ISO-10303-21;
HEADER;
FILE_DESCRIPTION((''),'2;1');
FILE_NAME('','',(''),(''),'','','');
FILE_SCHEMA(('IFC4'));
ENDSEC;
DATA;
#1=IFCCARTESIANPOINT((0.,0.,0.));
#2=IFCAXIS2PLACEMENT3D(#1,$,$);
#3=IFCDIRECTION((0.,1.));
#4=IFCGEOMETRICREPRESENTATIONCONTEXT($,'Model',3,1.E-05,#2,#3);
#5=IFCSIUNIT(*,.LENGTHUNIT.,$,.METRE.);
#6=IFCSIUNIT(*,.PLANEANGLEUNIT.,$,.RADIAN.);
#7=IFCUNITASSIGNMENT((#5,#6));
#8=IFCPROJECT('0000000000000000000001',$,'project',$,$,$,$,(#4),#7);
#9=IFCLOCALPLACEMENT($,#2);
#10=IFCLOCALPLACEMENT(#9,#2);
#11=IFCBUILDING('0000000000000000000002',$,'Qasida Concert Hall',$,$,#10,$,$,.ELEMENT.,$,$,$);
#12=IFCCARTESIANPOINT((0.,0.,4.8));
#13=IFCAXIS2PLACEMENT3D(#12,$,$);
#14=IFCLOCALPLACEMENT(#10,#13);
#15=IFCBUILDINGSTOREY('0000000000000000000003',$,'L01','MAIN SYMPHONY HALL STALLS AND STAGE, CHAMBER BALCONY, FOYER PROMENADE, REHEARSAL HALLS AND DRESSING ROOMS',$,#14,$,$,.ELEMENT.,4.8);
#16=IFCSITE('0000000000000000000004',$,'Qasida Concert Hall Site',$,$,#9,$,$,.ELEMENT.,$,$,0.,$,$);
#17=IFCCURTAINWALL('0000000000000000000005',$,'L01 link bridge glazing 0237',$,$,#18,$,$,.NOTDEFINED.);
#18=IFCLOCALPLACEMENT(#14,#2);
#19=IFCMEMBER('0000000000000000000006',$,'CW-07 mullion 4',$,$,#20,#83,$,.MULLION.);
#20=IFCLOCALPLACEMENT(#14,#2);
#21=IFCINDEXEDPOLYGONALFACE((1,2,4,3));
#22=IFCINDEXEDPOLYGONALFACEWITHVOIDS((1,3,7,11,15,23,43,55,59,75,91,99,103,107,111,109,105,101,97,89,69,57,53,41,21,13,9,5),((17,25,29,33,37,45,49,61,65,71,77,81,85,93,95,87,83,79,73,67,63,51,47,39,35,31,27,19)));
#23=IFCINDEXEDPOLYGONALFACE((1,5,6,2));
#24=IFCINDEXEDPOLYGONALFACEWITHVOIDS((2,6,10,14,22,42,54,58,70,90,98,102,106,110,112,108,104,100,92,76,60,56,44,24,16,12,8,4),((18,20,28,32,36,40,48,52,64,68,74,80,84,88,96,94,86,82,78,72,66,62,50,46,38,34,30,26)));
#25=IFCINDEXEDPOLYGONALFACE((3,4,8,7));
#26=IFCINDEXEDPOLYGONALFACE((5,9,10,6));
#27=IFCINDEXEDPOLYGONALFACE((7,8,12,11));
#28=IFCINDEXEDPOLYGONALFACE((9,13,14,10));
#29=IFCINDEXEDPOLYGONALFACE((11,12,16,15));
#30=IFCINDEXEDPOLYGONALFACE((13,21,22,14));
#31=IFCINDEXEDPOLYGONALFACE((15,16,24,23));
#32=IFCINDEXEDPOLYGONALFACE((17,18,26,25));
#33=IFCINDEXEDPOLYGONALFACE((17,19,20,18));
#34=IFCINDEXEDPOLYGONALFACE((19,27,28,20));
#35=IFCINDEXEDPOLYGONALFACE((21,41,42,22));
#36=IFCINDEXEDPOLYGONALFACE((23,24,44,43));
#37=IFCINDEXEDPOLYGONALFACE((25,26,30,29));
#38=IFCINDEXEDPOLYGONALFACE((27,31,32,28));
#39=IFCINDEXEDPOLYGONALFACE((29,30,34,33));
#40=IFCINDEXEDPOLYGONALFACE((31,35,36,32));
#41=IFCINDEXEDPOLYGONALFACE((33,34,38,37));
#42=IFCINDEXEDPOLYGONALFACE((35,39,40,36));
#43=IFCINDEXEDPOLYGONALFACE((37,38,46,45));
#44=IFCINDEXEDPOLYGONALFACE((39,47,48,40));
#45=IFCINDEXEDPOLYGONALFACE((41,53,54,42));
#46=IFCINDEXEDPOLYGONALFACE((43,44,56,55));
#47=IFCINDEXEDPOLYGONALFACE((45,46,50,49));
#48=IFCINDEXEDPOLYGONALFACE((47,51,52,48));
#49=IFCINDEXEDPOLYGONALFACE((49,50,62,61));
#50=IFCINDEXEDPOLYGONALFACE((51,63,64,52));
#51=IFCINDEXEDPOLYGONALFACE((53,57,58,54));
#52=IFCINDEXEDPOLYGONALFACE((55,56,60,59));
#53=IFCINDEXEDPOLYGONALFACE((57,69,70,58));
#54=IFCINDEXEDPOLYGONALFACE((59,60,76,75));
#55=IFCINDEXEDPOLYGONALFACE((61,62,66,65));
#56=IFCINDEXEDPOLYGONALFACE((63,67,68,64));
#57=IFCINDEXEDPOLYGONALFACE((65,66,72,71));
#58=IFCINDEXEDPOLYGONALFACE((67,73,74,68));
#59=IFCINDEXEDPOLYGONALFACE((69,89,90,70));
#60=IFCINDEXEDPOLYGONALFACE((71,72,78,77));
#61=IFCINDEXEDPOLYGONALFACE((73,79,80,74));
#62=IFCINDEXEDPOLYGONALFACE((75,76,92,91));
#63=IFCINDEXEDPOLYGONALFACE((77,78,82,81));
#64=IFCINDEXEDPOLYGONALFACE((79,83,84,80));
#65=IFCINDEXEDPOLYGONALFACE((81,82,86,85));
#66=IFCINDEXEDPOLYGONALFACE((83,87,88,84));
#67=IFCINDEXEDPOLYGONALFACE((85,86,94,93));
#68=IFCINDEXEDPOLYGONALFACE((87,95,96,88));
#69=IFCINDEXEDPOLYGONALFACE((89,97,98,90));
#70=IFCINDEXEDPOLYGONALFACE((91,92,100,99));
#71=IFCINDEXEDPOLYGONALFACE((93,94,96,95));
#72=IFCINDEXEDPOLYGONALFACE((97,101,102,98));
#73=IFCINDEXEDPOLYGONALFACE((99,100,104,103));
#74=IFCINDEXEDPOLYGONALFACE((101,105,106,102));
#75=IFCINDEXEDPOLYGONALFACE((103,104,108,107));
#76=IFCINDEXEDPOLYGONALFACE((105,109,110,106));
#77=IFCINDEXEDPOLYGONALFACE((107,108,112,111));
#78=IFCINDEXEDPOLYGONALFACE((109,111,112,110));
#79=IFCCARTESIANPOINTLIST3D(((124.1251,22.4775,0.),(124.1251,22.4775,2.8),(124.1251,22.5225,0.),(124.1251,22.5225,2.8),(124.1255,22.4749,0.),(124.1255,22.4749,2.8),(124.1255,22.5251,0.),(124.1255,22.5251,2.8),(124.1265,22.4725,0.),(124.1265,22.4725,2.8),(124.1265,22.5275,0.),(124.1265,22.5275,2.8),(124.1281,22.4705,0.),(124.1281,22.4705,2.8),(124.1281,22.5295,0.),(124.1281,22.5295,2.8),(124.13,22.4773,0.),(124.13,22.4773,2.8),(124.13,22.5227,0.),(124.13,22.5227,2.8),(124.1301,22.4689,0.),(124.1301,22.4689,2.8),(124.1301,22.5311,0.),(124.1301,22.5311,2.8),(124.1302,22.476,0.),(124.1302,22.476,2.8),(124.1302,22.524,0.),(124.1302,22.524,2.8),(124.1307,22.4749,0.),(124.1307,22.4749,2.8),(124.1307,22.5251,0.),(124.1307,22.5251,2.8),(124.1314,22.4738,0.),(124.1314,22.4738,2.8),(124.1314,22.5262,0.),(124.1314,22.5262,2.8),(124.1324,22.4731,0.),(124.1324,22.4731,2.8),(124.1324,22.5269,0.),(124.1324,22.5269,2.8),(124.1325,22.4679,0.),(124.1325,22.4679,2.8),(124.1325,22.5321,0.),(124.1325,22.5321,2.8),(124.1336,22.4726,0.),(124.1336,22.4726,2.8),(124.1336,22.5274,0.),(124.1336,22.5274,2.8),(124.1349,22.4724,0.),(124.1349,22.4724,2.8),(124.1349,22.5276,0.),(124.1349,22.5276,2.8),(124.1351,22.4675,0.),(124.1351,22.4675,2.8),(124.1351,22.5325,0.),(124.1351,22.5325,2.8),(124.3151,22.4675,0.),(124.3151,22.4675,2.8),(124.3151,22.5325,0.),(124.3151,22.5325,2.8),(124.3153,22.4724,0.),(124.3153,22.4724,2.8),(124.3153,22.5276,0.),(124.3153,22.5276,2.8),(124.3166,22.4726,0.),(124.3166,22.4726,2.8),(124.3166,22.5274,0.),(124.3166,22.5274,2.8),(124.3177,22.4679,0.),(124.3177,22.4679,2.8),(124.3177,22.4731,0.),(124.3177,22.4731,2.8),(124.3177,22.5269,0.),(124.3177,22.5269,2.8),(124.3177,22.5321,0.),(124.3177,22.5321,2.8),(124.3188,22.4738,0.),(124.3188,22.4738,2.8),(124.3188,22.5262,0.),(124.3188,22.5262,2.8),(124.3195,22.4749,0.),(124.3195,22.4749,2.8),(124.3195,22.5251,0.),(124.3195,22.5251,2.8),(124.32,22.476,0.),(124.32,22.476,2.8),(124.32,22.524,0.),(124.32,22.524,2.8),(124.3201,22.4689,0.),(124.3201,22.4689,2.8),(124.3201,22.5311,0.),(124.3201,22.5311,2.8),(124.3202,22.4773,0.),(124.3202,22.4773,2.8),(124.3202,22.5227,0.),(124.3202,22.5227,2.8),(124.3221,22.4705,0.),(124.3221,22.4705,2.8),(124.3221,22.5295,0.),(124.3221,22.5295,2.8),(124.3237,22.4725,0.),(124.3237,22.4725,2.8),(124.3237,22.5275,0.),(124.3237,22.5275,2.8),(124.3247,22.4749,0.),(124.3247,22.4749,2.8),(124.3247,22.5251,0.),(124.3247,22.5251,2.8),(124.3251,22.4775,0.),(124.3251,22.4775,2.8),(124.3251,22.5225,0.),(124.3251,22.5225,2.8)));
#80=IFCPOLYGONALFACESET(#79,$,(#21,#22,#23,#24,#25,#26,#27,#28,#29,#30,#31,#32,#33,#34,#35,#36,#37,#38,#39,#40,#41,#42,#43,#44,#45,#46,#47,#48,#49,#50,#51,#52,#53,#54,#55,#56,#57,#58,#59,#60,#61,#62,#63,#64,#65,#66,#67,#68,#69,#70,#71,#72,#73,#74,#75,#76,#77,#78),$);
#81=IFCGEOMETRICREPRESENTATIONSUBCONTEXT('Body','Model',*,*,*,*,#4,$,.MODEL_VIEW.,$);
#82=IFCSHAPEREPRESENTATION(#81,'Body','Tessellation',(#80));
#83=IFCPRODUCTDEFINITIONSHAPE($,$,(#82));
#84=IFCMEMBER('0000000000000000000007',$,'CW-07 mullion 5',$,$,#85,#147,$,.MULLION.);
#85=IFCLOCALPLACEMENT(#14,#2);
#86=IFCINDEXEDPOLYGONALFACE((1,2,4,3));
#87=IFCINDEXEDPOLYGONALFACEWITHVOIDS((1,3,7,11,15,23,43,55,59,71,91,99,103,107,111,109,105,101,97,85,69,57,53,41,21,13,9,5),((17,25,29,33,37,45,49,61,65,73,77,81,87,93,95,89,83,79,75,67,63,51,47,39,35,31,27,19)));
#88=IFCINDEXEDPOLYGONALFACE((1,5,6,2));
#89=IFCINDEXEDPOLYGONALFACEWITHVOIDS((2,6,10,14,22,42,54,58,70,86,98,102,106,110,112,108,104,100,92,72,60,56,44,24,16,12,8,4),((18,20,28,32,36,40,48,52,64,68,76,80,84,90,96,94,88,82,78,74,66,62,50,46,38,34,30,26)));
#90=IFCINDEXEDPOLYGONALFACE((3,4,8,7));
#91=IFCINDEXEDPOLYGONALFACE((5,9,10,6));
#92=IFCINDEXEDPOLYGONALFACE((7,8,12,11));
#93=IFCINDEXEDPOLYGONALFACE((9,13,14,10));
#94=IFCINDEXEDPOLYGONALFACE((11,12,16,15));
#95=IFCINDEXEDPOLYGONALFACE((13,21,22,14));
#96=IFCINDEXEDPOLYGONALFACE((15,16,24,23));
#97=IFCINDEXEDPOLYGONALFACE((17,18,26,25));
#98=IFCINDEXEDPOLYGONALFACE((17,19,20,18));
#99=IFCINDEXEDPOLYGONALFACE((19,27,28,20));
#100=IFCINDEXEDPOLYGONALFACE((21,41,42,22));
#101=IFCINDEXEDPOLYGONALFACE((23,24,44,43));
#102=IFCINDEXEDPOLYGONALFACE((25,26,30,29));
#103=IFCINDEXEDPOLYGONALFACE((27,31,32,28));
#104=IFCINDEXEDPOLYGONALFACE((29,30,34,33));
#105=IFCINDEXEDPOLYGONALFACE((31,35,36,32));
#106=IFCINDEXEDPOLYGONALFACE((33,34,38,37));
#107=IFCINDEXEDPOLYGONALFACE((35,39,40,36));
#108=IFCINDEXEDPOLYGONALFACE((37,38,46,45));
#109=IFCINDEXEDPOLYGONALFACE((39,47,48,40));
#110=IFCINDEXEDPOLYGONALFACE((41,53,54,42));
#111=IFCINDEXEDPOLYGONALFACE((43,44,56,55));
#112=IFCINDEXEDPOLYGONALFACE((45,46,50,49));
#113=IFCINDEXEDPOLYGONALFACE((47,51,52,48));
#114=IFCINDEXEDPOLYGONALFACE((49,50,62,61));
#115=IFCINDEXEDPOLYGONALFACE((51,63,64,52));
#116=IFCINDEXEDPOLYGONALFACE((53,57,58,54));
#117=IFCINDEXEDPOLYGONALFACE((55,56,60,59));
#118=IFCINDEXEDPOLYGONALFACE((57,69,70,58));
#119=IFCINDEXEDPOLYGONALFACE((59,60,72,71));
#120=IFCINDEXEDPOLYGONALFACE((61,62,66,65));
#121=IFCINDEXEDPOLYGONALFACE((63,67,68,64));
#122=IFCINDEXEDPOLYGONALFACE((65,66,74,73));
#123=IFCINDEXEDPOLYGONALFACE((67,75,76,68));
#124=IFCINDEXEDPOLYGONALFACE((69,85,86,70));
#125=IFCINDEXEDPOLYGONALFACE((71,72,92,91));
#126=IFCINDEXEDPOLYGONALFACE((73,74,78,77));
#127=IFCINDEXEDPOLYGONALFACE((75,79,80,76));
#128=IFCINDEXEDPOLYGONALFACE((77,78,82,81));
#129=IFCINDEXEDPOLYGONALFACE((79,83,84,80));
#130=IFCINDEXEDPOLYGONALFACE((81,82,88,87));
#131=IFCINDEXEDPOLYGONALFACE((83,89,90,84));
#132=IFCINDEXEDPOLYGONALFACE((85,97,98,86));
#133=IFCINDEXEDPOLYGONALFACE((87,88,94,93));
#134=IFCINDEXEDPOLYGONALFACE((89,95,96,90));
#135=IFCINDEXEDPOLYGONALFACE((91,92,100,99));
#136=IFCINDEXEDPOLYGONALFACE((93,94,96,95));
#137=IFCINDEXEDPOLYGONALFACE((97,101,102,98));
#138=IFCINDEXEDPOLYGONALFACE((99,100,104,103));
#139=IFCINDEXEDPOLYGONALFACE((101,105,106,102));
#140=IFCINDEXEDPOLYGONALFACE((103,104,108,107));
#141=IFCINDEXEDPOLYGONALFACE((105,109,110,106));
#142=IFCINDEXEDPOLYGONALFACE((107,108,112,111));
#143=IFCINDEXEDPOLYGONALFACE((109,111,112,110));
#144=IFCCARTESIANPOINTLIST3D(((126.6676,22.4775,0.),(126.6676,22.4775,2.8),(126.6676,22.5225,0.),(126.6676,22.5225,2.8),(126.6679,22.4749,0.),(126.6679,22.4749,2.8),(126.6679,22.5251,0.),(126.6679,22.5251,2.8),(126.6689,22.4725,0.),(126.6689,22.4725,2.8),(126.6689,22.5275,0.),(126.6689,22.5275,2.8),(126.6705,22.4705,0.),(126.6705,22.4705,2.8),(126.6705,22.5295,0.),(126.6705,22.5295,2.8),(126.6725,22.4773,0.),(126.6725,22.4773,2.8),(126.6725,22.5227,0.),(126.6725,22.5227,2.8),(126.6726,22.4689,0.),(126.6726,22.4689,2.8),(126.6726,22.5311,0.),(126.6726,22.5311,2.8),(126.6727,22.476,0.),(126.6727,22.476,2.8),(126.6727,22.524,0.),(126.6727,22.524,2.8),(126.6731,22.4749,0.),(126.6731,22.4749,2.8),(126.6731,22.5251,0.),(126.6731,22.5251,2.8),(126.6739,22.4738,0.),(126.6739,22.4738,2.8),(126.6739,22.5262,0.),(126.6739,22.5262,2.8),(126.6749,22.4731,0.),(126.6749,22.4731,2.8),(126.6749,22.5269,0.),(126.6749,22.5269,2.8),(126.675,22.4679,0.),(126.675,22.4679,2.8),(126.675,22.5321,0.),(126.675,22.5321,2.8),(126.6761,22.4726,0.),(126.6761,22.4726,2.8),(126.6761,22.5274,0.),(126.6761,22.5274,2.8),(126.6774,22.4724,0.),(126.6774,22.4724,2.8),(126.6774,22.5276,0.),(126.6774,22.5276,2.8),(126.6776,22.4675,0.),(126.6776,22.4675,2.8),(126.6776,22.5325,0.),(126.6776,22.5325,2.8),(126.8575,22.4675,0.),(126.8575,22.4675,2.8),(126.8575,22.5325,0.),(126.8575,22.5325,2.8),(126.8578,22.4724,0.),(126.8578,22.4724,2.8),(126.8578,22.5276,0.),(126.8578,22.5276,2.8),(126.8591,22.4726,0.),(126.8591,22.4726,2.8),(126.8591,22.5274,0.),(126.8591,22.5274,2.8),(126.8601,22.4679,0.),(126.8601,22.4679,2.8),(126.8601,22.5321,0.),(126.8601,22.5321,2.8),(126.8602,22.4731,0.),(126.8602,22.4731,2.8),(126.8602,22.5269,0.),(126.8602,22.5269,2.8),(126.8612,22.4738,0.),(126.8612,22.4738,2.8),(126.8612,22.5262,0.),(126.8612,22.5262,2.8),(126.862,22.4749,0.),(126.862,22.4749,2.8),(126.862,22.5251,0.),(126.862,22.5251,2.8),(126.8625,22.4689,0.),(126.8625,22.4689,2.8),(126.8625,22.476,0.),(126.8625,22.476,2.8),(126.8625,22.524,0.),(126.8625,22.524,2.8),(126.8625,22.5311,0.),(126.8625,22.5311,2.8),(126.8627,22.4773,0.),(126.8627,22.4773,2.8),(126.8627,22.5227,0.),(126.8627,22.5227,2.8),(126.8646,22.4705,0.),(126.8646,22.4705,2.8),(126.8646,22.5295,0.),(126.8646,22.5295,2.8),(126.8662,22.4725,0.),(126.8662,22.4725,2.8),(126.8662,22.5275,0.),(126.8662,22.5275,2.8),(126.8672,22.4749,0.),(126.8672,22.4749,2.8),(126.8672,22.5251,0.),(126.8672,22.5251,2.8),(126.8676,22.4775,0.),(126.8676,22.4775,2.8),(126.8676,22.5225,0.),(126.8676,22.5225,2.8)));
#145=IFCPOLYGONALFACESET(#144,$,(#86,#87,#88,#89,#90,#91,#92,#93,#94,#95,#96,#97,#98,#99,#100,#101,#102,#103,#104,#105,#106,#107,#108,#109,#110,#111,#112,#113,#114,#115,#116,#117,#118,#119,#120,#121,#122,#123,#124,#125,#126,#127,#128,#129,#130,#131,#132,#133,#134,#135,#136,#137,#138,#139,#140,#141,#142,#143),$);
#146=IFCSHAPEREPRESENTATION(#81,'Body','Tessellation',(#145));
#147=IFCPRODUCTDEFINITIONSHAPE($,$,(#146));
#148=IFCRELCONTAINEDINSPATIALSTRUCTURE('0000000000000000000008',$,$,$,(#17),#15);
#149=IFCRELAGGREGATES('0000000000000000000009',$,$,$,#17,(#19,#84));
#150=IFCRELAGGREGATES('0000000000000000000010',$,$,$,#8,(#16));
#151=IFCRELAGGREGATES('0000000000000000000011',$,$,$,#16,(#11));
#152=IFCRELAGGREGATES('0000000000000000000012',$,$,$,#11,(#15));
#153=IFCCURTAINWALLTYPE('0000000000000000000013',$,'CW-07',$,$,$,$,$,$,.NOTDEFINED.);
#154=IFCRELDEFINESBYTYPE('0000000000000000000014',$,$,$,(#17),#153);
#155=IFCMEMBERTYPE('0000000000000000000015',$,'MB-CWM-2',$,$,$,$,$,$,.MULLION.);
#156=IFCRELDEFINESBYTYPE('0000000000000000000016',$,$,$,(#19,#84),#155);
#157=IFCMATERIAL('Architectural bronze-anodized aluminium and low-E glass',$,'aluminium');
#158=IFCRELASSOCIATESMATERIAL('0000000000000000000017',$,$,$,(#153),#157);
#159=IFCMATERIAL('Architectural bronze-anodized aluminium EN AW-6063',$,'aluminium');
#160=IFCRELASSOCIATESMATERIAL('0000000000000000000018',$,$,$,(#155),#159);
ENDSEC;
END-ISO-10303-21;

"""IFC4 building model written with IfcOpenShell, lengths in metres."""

from ifc_helpers import new_model, si_unit, direction, frame, origin, origin_2d, place, context, subcontext, project, spatial, hollow_rectangle, extrude, material, material_profile, profile_set, type_object, element, aggregate, save


model = new_model("IFC4")

# Units and contexts
model_context = context("Model", 3, precision=1e-05, world=origin(), true_north=direction((0.0, 1.0)))
body_context = subcontext(model_context, "Body", "Model", "MODEL_VIEW")
ifc_project = project(units=[si_unit("LENGTHUNIT", "METRE"), si_unit("PLANEANGLEUNIT", "RADIAN")], contexts=[model_context])

# Site, building, storey
site_placement = place(None, origin())
site = spatial("IfcSite", under=ifc_project, at=site_placement, Name="Qasida Concert Hall Site", CompositionType="ELEMENT", RefElevation=0.0)
building_placement = place(site_placement, origin())
building = spatial("IfcBuilding", under=site, at=building_placement, Name="Qasida Concert Hall", CompositionType="ELEMENT")
storey_placement = place(building_placement, frame((0.0, 0.0, 4.8)))
storey = spatial("IfcBuildingStorey", under=building, at=storey_placement, Name="L01", Description="MAIN SYMPHONY HALL STALLS AND STAGE, CHAMBER BALCONY, FOYER PROMENADE, REHEARSAL HALLS AND DRESSING ROOMS", CompositionType="ELEMENT", Elevation=4.8)

# Curtain wall, members
ifc_material_1 = material(Name="Architectural bronze-anodized aluminium and low-E glass", Category="aluminium")
curtain_wall_type = type_object("IfcCurtainWallType", Name="CW-07", PredefinedType="NOTDEFINED", material=ifc_material_1)
curtain_wall_placement = place(storey_placement, origin())
curtain_wall = element("IfcCurtainWall", 1, at=curtain_wall_placement, inside=storey, type_object=curtain_wall_type, Name="L01 link bridge glazing 0237", PredefinedType="NOTDEFINED")
ifc_material_2 = material(Name="Architectural bronze-anodized aluminium EN AW-6063", Category="aluminium")
ifc_material_profile_1 = material_profile(ifc_material_2, hollow_rectangle(XDim=0.0649, YDim=0.2, WallThickness=0.0049, InnerFilletRadius=0.0049, OuterFilletRadius=0.01, at=origin_2d()), Name="CWM 200x65x5")
ifc_profile_set_1 = profile_set([ifc_material_profile_1], Name="Architectural bronze-anodized aluminium EN AW-6063")
member_type_1 = type_object("IfcMemberType", Name="MB-CWM-2", PredefinedType="MULLION", material=ifc_profile_set_1)
member_1_placement = place(storey_placement, frame((124.2251, 22.5, 0.0), z_axis=(0.0, 0.0, 1.0), x_axis=(0.0, 1.0, 0.0)))
member_1 = element("IfcMember", 2, at=member_1_placement, type_object=member_type_1, Name="CW-07 mullion 4", PredefinedType="MULLION", context=body_context, shape_type="SweptSolid", body=[
    extrude(hollow_rectangle(XDim=0.0649, YDim=0.2, WallThickness=0.0049, InnerFilletRadius=0.0049, OuterFilletRadius=0.01, at=origin_2d()), origin(), (0.0, 0.0, 1.0), 2.8),
])
member_2_placement = place(storey_placement, frame((126.7676, 22.5, 0.0), z_axis=(0.0, 0.0, 1.0), x_axis=(0.0, 1.0, 0.0)))
member_2 = element("IfcMember", 3, at=member_2_placement, type_object=member_type_1, Name="CW-07 mullion 5", PredefinedType="MULLION", context=body_context, shape_type="SweptSolid", body=[
    extrude(hollow_rectangle(XDim=0.0649, YDim=0.2, WallThickness=0.0049, InnerFilletRadius=0.0049, OuterFilletRadius=0.01, at=origin_2d()), origin(), (0.0, 0.0, 1.0), 2.8),
])
aggregate(curtain_wall, [member_1, member_2])

save(model, "model.ifc")
